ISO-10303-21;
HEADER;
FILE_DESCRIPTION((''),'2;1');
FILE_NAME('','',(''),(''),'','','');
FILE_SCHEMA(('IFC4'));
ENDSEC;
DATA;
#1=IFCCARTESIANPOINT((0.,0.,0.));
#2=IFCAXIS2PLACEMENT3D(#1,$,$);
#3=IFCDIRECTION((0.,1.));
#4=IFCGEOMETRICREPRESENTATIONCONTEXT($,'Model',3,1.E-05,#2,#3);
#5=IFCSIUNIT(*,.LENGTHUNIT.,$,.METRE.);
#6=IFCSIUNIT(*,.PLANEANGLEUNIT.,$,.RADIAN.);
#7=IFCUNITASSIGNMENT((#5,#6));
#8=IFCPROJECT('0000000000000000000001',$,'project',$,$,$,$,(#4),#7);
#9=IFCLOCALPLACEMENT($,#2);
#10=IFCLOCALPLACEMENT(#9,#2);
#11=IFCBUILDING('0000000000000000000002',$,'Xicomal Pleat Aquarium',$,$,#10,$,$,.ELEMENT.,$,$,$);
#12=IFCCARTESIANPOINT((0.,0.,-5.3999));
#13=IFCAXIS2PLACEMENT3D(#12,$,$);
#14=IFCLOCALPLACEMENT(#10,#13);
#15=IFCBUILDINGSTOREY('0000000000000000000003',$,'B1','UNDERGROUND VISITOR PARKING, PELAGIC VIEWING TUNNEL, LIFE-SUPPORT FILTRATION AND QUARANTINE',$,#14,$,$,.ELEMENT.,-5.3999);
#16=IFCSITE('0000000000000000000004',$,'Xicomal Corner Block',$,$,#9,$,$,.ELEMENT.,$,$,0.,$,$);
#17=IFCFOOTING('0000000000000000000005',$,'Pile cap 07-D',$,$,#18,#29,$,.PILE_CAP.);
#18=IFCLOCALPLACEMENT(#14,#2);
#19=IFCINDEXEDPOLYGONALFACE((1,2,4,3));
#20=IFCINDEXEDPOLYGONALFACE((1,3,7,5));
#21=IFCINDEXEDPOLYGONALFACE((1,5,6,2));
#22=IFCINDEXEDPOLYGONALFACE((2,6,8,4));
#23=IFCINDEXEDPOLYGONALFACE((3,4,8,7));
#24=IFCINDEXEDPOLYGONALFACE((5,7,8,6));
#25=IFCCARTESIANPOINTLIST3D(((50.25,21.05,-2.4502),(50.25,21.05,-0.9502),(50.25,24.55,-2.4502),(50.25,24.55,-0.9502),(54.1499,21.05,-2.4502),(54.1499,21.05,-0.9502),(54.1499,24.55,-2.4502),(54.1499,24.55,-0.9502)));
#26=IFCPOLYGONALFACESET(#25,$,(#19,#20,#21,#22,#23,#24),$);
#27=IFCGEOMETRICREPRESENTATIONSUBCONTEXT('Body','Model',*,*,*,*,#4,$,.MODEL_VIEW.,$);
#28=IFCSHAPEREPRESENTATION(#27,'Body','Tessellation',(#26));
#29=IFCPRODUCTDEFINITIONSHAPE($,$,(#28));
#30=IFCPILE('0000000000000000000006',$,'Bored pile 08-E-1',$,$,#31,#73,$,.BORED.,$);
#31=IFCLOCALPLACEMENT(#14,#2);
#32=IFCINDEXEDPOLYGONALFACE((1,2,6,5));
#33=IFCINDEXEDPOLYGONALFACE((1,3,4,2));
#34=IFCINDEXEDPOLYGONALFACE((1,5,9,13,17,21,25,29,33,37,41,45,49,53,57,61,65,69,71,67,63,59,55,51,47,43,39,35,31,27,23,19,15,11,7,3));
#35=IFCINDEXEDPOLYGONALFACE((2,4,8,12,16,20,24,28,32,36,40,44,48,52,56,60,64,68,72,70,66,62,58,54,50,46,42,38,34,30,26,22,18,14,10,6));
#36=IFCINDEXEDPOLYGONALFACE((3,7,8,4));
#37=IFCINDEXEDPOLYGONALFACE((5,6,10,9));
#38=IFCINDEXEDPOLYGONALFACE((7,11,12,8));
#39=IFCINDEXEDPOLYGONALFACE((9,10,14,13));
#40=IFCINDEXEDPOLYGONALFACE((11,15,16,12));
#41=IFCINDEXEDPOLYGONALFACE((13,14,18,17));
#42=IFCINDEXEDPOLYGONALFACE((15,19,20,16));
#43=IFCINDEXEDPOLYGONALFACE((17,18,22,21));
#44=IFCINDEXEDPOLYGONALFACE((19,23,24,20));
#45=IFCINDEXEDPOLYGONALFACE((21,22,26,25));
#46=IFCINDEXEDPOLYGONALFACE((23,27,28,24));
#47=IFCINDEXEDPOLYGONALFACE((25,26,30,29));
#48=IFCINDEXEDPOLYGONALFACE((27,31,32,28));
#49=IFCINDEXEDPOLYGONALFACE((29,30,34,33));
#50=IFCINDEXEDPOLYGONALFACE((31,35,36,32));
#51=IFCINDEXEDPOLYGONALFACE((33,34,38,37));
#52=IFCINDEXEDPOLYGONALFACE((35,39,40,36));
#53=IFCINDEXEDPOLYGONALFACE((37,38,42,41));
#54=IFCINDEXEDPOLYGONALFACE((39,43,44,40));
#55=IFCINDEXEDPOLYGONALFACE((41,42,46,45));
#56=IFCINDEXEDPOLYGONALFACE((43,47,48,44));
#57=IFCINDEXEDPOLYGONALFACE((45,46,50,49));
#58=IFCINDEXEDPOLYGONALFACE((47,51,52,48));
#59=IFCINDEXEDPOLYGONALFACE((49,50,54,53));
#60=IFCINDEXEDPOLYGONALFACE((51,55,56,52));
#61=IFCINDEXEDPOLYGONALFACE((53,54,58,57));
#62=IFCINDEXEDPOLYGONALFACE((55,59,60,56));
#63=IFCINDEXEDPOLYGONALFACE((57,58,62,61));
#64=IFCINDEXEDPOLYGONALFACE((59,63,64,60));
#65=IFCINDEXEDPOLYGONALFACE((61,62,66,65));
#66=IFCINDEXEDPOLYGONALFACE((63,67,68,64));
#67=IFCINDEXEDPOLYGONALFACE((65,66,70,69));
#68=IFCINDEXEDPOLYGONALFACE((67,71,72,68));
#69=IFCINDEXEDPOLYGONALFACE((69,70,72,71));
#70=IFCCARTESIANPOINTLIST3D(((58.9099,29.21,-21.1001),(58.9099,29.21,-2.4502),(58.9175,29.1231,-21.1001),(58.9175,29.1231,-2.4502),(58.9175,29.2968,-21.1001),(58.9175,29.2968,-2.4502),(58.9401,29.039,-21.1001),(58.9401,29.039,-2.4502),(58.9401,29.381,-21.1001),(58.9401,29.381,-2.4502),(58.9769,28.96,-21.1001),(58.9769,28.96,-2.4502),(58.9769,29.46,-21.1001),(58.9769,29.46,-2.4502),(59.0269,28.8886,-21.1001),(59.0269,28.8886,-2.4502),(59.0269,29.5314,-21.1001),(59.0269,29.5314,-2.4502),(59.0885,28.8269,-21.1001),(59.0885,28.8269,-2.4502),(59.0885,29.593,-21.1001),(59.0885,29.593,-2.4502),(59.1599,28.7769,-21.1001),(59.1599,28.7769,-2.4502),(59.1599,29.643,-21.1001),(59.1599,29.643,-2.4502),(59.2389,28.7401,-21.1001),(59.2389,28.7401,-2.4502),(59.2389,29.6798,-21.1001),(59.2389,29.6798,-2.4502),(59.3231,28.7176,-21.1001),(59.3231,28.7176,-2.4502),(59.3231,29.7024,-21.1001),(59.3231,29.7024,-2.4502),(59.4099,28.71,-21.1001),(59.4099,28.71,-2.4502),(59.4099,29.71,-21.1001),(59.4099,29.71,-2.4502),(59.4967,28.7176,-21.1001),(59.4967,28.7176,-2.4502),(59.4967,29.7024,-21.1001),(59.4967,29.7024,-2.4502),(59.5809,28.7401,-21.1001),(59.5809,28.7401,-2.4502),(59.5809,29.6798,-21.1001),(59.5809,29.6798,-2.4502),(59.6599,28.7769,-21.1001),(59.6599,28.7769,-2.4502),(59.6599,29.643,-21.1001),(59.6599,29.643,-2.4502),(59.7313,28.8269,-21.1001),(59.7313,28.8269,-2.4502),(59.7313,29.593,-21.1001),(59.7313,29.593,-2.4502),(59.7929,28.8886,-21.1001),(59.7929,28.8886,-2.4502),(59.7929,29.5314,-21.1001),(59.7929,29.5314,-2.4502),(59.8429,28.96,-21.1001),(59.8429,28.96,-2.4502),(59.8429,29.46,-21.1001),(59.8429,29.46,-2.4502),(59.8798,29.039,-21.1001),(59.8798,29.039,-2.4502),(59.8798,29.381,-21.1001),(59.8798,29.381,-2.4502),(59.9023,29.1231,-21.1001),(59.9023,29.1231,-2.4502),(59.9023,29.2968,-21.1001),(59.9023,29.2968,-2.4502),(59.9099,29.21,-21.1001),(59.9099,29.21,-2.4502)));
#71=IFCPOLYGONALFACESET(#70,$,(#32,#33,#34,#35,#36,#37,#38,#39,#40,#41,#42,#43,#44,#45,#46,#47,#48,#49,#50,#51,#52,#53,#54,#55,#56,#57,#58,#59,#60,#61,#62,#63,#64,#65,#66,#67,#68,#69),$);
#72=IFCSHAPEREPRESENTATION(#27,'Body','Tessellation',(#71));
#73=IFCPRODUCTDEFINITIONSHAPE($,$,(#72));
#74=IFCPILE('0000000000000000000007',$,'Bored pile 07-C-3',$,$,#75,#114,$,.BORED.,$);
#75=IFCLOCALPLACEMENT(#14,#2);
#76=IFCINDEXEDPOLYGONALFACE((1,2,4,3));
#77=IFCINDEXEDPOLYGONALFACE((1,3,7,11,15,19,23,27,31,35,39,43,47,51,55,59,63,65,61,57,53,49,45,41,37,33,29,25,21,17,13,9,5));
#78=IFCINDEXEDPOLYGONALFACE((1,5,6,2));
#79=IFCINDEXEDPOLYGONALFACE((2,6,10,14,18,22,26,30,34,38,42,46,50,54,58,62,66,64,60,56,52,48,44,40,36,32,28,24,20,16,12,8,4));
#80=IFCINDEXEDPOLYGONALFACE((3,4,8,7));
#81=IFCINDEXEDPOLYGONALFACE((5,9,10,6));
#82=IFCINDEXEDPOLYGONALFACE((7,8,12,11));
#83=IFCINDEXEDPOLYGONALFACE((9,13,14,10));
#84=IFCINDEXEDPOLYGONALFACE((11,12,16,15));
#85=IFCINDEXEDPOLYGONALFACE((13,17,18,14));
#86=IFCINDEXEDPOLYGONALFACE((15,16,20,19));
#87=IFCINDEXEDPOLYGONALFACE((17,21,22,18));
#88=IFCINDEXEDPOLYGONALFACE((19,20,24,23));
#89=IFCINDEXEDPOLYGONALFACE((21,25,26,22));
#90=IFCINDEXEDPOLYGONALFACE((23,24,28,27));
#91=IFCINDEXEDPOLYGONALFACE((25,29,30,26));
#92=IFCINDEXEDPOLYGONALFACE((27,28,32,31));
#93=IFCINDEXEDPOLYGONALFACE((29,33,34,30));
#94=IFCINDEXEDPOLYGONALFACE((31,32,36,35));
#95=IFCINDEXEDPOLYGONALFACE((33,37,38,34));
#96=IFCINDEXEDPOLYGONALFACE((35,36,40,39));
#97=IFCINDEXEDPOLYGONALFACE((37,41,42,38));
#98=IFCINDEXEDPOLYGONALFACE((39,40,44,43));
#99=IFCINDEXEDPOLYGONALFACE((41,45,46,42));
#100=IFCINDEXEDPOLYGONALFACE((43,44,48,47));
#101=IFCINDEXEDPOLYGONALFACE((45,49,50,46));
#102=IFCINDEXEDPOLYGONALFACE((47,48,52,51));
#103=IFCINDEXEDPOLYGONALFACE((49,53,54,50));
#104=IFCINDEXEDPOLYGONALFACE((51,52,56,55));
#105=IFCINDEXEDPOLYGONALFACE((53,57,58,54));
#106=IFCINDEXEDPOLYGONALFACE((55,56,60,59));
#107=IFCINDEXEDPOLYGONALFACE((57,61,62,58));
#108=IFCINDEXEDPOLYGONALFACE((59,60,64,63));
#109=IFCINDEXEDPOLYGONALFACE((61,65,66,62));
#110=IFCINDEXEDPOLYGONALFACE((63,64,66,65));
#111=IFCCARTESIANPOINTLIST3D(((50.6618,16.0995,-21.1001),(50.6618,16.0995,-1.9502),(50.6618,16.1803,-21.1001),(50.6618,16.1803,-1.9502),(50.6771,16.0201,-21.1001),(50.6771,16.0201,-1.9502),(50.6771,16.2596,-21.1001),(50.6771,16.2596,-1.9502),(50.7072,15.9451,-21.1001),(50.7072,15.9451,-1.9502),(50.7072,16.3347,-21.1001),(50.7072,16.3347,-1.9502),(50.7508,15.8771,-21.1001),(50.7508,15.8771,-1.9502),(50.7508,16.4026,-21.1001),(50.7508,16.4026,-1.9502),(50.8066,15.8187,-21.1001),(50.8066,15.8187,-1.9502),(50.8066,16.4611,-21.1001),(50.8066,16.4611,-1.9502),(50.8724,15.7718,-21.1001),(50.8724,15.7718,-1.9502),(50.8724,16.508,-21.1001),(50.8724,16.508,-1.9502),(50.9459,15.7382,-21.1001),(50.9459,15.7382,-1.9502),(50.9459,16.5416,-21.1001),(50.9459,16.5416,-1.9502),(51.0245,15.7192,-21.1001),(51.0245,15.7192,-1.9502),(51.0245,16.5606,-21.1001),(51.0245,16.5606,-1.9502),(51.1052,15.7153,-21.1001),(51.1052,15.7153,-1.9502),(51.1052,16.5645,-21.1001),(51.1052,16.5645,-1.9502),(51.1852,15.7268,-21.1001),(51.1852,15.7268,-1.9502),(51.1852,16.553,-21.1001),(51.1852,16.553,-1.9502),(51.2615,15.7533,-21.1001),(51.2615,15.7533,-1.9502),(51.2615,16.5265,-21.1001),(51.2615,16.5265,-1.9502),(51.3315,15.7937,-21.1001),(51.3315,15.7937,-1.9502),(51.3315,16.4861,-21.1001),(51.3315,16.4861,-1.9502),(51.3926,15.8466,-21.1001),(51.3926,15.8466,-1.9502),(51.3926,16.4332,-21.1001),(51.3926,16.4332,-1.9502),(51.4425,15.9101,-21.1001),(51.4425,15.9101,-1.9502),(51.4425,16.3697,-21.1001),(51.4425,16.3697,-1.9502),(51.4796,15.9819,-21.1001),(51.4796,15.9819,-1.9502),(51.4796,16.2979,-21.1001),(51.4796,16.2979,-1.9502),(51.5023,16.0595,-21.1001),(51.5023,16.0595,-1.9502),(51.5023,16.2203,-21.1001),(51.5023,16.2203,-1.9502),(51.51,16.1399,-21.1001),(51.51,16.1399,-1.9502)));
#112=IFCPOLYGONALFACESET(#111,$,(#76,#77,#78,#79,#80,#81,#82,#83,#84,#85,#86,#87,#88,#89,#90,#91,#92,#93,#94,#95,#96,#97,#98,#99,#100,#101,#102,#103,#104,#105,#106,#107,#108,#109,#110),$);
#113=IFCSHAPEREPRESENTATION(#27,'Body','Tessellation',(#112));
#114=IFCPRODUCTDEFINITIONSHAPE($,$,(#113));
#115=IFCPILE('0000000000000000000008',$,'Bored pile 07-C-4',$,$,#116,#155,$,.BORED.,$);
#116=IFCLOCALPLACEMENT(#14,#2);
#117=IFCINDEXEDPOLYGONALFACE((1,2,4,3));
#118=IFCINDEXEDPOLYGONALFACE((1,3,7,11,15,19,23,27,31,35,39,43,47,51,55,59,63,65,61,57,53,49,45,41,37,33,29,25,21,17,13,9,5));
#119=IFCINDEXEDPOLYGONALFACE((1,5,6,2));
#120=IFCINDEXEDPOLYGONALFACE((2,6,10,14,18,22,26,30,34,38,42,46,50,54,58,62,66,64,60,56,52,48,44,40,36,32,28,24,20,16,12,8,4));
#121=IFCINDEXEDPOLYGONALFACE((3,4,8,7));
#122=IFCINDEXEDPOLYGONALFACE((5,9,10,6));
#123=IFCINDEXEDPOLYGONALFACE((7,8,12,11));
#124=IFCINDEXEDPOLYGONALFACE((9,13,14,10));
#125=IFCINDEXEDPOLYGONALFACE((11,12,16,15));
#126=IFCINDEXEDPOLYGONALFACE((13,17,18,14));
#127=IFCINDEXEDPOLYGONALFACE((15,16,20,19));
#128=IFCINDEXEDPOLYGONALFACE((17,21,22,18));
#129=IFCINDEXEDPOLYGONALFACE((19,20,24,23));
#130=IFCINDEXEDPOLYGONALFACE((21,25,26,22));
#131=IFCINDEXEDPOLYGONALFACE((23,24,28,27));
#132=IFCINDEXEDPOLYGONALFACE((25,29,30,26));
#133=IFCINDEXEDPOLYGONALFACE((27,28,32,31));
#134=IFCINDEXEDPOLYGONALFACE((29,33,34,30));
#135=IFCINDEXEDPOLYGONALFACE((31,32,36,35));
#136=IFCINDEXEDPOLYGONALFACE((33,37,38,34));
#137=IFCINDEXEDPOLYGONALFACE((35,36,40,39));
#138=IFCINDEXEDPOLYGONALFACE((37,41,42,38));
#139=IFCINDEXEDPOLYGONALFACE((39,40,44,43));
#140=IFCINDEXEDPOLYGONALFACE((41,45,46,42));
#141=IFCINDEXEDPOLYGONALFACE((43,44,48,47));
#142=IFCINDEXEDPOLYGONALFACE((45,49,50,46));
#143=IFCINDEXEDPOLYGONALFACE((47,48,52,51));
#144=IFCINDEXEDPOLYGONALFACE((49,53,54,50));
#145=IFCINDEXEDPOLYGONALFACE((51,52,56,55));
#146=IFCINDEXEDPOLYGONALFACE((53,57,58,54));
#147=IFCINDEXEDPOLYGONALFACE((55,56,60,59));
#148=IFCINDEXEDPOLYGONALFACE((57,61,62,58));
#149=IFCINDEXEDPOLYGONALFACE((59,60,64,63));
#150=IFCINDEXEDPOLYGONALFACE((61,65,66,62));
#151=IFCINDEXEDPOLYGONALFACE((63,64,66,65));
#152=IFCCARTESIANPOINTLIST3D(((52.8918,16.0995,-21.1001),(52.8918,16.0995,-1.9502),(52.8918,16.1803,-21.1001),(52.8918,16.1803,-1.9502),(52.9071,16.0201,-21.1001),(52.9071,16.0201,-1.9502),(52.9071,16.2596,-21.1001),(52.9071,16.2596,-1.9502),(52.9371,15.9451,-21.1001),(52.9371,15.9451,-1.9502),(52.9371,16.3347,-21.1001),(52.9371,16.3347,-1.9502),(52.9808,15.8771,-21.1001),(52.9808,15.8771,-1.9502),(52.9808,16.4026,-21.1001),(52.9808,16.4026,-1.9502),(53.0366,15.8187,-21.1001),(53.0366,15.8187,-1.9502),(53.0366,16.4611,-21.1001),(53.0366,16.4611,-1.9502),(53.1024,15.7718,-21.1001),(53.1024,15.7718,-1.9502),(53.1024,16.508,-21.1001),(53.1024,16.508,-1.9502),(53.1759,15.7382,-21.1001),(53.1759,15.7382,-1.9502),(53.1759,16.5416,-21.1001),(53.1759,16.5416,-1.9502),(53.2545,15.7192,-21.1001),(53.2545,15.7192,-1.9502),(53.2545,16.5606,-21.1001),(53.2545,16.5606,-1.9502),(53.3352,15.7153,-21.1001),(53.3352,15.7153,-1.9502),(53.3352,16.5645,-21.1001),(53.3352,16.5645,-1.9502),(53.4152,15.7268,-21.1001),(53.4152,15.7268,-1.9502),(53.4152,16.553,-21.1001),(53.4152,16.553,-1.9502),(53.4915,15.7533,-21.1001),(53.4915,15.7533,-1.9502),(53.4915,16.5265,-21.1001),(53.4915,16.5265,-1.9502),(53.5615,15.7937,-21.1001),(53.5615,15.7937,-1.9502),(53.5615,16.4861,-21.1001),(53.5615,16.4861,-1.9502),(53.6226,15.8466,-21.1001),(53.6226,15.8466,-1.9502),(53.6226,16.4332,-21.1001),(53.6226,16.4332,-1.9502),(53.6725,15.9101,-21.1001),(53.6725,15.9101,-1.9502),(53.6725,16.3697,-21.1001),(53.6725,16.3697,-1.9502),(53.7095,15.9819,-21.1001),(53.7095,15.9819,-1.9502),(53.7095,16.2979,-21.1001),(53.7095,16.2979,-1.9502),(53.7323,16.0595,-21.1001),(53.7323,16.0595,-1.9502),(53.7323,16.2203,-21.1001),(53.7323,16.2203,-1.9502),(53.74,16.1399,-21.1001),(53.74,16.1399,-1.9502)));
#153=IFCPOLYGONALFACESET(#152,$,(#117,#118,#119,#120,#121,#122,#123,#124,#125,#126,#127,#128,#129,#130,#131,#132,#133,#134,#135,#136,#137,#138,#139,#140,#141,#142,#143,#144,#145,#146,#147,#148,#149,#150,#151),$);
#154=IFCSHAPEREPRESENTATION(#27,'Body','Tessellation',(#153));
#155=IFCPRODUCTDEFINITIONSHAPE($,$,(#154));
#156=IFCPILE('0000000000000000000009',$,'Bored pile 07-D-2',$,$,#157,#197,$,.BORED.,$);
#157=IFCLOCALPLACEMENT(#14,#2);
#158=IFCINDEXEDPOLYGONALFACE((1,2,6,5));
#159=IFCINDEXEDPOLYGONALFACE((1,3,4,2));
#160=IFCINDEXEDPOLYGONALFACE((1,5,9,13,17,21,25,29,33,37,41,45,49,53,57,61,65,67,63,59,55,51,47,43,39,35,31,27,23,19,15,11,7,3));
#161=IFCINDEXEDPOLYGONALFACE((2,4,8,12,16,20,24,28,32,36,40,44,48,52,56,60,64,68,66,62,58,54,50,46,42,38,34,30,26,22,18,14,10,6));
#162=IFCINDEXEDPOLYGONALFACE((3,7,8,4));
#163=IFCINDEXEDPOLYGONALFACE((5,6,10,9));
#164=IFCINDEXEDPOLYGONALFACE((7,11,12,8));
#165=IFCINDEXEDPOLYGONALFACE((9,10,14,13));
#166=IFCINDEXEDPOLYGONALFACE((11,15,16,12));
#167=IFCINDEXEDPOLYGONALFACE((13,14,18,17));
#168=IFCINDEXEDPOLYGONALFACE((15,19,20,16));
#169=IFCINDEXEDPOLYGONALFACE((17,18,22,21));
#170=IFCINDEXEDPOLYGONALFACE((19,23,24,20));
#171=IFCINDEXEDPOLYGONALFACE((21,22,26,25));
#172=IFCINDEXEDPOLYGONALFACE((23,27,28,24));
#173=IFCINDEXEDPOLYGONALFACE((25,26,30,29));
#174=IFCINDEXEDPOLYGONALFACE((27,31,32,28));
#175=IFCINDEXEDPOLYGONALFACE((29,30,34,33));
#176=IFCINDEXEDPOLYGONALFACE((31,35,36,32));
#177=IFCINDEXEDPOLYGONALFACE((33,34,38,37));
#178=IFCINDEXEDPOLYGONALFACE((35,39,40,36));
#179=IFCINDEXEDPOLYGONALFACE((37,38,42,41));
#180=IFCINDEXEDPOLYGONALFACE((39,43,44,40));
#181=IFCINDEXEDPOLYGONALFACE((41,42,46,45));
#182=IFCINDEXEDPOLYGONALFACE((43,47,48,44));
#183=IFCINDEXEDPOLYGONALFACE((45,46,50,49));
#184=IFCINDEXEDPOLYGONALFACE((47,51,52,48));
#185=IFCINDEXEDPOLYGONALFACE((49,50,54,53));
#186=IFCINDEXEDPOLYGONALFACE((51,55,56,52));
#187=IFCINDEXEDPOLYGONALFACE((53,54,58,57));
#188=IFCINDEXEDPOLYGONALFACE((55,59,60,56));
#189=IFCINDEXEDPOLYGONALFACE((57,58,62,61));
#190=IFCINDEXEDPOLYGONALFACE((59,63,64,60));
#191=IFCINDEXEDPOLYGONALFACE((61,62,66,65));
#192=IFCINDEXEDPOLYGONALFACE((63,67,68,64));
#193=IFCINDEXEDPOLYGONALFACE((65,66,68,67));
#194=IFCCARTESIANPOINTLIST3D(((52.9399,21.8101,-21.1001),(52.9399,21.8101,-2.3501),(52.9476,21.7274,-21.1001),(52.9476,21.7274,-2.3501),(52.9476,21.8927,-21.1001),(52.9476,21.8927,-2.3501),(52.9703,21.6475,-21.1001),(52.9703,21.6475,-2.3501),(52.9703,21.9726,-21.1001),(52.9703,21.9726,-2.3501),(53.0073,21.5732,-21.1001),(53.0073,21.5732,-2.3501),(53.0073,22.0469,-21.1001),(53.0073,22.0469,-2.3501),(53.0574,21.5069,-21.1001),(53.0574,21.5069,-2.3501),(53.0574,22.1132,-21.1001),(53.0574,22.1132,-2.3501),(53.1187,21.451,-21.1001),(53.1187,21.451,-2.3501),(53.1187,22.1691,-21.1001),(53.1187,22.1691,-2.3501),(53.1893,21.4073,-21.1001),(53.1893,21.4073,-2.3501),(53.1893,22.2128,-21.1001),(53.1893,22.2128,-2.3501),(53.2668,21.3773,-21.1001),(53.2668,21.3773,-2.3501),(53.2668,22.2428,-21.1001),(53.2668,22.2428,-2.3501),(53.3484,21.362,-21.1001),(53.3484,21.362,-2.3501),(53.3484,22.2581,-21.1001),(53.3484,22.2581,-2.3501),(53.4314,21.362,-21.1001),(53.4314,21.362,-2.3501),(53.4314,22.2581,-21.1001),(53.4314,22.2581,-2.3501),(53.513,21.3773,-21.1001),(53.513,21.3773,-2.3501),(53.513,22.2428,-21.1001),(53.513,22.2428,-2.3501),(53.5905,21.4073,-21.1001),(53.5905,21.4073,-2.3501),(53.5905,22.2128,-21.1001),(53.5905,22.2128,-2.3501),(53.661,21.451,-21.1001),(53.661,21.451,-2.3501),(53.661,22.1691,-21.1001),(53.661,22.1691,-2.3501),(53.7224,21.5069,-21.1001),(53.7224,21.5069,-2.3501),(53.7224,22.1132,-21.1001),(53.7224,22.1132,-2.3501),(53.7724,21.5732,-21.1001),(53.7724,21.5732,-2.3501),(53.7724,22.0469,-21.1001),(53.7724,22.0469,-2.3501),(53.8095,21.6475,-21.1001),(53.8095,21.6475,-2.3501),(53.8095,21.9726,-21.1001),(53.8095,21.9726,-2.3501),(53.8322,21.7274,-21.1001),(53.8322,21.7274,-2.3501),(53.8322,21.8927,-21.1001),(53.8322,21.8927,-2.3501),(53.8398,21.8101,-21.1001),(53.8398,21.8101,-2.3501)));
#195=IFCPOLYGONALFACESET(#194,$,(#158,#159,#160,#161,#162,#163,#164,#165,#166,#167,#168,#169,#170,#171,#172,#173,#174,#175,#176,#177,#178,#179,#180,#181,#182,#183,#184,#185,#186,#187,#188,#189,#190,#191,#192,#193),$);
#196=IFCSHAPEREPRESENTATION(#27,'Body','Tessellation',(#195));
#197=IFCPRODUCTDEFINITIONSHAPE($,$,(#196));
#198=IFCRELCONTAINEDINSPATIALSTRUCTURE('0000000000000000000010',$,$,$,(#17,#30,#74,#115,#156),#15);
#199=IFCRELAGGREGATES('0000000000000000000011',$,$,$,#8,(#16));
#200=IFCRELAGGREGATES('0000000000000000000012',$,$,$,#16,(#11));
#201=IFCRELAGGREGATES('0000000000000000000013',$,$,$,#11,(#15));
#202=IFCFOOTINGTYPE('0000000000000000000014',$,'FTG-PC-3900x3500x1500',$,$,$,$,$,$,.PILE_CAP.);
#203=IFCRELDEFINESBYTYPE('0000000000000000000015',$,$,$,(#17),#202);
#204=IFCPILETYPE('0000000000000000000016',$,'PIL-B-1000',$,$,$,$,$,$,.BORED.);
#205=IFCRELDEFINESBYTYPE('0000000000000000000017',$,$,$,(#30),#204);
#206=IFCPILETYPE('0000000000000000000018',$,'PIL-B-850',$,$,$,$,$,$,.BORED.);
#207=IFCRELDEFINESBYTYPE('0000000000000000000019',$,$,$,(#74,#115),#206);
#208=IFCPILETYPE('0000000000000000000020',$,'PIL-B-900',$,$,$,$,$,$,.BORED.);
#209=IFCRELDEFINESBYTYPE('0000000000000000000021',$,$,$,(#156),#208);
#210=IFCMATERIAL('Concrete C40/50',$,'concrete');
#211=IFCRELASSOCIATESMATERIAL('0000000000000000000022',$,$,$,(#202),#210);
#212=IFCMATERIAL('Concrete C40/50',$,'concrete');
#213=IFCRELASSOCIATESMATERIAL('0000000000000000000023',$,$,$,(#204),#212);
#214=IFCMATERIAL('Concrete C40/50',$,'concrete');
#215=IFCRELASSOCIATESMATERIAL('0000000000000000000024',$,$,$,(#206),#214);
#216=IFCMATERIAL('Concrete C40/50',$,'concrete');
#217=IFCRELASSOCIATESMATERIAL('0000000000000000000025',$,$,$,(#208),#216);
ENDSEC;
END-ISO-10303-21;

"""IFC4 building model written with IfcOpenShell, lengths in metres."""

from ifc_helpers import new_model, si_unit, direction, frame, origin, origin_2d, place, context, subcontext, project, spatial, rectangle, circle, extrude, material, material_profile, profile_set, type_object, element, save


model = new_model("IFC4")

# Units and contexts
model_context = context("Model", 3, precision=1e-05, world=origin(), true_north=direction((0.0, 1.0)))
body_context = subcontext(model_context, "Body", "Model", "MODEL_VIEW")
ifc_project = project(units=[si_unit("LENGTHUNIT", "METRE"), si_unit("PLANEANGLEUNIT", "RADIAN")], contexts=[model_context])

# Site, building, storey
site_placement = place(None, origin())
site = spatial("IfcSite", under=ifc_project, at=site_placement, Name="Xicomal Corner Block", CompositionType="ELEMENT", RefElevation=0.0)
building_placement = place(site_placement, origin())
building = spatial("IfcBuilding", under=site, at=building_placement, Name="Xicomal Pleat Aquarium", CompositionType="ELEMENT")
storey_placement = place(building_placement, frame((0.0, 0.0, -5.3999)))
storey = spatial("IfcBuildingStorey", under=building, at=storey_placement, Name="B1", Description="UNDERGROUND VISITOR PARKING, PELAGIC VIEWING TUNNEL, LIFE-SUPPORT FILTRATION AND QUARANTINE", CompositionType="ELEMENT", Elevation=-5.3999)

# Footing
ifc_material_1 = material(Name="Concrete C40/50", Category="concrete")
footing_type = type_object("IfcFootingType", Name="FTG-PC-3900x3500x1500", PredefinedType="PILE_CAP", material=ifc_material_1)
footing_placement = place(storey_placement, frame((52.2, 22.8, -2.4502), z_axis=(0.0, 0.0, 1.0), x_axis=(1.0, 0.0, 0.0)))
element("IfcFooting", 1, at=footing_placement, inside=storey, type_object=footing_type, Name="Pile cap 07-D", PredefinedType="PILE_CAP", context=body_context, shape_type="SweptSolid", body=[
    extrude(rectangle(XDim=3.8999, YDim=3.5, at=origin_2d()), origin(), (0.0, 0.0, 1.0), 1.5),
])

# Piles
ifc_material_2 = material(Name="Concrete C40/50", Category="concrete")
ifc_material_profile_1 = material_profile(ifc_material_2, circle(Radius=0.5, at=origin_2d()), Name="BORED PILE D1000")
ifc_profile_set_1 = profile_set([ifc_material_profile_1], Name="Concrete C40/50")
pile_type_1 = type_object("IfcPileType", Name="PIL-B-1000", PredefinedType="BORED", material=ifc_profile_set_1)
pile_1_placement = place(storey_placement, frame((59.4099, 29.21, -2.4502), z_axis=(0.0, 0.0, -1.0), x_axis=(1.0, 0.0, 0.0)))
element("IfcPile", 2, at=pile_1_placement, inside=storey, type_object=pile_type_1, Name="Bored pile 08-E-1", PredefinedType="BORED", context=body_context, shape_type="SweptSolid", body=[
    extrude(circle(Radius=0.5, at=origin_2d()), origin(), (0.0, 0.0, 1.0), 18.6499),
])
ifc_material_3 = material(Name="Concrete C40/50", Category="concrete")
ifc_material_profile_2 = material_profile(ifc_material_3, circle(Radius=0.425, at=origin_2d()), Name="BORED PILE D850")
ifc_profile_set_2 = profile_set([ifc_material_profile_2], Name="Concrete C40/50")
pile_type_2 = type_object("IfcPileType", Name="PIL-B-850", PredefinedType="BORED", material=ifc_profile_set_2)
for number, where, z_axis, x_axis, name in (
    (3, (51.085, 16.1399, -1.9502), (0.0, 0.0, -1.0), (1.0, 0.0, 0.0), "Bored pile 07-C-3"),
    (4, (53.3149, 16.1399, -1.9502), (0.0, 0.0, -1.0), (1.0, 0.0, 0.0), "Bored pile 07-C-4"),
):
    element("IfcPile", number, at=place(storey_placement, frame(where, z_axis=z_axis, x_axis=x_axis)), inside=storey, type_object=pile_type_2, Name=name, PredefinedType="BORED", context=body_context, shape_type="SweptSolid", body=[
        extrude(circle(Radius=0.425, at=origin_2d()), origin(), (0.0, 0.0, 1.0), 19.1499),
    ])
ifc_material_4 = material(Name="Concrete C40/50", Category="concrete")
ifc_material_profile_3 = material_profile(ifc_material_4, circle(Radius=0.45, at=origin_2d()), Name="BORED PILE D900")
ifc_profile_set_3 = profile_set([ifc_material_profile_3], Name="Concrete C40/50")
pile_type_3 = type_object("IfcPileType", Name="PIL-B-900", PredefinedType="BORED", material=ifc_profile_set_3)
for number, where, z_axis, x_axis, name in (
    (5, (53.3899, 21.8101, -2.3501), (0.0, 0.0, -1.0), (1.0, 0.0, 0.0), "Bored pile 07-D-2"),
):
    element("IfcPile", number, at=place(storey_placement, frame(where, z_axis=z_axis, x_axis=x_axis)), inside=storey, type_object=pile_type_3, Name=name, PredefinedType="BORED", context=body_context, shape_type="SweptSolid", body=[
        extrude(circle(Radius=0.45, at=origin_2d()), origin(), (0.0, 0.0, 1.0), 18.75),
    ])

save(model, "model.ifc")
